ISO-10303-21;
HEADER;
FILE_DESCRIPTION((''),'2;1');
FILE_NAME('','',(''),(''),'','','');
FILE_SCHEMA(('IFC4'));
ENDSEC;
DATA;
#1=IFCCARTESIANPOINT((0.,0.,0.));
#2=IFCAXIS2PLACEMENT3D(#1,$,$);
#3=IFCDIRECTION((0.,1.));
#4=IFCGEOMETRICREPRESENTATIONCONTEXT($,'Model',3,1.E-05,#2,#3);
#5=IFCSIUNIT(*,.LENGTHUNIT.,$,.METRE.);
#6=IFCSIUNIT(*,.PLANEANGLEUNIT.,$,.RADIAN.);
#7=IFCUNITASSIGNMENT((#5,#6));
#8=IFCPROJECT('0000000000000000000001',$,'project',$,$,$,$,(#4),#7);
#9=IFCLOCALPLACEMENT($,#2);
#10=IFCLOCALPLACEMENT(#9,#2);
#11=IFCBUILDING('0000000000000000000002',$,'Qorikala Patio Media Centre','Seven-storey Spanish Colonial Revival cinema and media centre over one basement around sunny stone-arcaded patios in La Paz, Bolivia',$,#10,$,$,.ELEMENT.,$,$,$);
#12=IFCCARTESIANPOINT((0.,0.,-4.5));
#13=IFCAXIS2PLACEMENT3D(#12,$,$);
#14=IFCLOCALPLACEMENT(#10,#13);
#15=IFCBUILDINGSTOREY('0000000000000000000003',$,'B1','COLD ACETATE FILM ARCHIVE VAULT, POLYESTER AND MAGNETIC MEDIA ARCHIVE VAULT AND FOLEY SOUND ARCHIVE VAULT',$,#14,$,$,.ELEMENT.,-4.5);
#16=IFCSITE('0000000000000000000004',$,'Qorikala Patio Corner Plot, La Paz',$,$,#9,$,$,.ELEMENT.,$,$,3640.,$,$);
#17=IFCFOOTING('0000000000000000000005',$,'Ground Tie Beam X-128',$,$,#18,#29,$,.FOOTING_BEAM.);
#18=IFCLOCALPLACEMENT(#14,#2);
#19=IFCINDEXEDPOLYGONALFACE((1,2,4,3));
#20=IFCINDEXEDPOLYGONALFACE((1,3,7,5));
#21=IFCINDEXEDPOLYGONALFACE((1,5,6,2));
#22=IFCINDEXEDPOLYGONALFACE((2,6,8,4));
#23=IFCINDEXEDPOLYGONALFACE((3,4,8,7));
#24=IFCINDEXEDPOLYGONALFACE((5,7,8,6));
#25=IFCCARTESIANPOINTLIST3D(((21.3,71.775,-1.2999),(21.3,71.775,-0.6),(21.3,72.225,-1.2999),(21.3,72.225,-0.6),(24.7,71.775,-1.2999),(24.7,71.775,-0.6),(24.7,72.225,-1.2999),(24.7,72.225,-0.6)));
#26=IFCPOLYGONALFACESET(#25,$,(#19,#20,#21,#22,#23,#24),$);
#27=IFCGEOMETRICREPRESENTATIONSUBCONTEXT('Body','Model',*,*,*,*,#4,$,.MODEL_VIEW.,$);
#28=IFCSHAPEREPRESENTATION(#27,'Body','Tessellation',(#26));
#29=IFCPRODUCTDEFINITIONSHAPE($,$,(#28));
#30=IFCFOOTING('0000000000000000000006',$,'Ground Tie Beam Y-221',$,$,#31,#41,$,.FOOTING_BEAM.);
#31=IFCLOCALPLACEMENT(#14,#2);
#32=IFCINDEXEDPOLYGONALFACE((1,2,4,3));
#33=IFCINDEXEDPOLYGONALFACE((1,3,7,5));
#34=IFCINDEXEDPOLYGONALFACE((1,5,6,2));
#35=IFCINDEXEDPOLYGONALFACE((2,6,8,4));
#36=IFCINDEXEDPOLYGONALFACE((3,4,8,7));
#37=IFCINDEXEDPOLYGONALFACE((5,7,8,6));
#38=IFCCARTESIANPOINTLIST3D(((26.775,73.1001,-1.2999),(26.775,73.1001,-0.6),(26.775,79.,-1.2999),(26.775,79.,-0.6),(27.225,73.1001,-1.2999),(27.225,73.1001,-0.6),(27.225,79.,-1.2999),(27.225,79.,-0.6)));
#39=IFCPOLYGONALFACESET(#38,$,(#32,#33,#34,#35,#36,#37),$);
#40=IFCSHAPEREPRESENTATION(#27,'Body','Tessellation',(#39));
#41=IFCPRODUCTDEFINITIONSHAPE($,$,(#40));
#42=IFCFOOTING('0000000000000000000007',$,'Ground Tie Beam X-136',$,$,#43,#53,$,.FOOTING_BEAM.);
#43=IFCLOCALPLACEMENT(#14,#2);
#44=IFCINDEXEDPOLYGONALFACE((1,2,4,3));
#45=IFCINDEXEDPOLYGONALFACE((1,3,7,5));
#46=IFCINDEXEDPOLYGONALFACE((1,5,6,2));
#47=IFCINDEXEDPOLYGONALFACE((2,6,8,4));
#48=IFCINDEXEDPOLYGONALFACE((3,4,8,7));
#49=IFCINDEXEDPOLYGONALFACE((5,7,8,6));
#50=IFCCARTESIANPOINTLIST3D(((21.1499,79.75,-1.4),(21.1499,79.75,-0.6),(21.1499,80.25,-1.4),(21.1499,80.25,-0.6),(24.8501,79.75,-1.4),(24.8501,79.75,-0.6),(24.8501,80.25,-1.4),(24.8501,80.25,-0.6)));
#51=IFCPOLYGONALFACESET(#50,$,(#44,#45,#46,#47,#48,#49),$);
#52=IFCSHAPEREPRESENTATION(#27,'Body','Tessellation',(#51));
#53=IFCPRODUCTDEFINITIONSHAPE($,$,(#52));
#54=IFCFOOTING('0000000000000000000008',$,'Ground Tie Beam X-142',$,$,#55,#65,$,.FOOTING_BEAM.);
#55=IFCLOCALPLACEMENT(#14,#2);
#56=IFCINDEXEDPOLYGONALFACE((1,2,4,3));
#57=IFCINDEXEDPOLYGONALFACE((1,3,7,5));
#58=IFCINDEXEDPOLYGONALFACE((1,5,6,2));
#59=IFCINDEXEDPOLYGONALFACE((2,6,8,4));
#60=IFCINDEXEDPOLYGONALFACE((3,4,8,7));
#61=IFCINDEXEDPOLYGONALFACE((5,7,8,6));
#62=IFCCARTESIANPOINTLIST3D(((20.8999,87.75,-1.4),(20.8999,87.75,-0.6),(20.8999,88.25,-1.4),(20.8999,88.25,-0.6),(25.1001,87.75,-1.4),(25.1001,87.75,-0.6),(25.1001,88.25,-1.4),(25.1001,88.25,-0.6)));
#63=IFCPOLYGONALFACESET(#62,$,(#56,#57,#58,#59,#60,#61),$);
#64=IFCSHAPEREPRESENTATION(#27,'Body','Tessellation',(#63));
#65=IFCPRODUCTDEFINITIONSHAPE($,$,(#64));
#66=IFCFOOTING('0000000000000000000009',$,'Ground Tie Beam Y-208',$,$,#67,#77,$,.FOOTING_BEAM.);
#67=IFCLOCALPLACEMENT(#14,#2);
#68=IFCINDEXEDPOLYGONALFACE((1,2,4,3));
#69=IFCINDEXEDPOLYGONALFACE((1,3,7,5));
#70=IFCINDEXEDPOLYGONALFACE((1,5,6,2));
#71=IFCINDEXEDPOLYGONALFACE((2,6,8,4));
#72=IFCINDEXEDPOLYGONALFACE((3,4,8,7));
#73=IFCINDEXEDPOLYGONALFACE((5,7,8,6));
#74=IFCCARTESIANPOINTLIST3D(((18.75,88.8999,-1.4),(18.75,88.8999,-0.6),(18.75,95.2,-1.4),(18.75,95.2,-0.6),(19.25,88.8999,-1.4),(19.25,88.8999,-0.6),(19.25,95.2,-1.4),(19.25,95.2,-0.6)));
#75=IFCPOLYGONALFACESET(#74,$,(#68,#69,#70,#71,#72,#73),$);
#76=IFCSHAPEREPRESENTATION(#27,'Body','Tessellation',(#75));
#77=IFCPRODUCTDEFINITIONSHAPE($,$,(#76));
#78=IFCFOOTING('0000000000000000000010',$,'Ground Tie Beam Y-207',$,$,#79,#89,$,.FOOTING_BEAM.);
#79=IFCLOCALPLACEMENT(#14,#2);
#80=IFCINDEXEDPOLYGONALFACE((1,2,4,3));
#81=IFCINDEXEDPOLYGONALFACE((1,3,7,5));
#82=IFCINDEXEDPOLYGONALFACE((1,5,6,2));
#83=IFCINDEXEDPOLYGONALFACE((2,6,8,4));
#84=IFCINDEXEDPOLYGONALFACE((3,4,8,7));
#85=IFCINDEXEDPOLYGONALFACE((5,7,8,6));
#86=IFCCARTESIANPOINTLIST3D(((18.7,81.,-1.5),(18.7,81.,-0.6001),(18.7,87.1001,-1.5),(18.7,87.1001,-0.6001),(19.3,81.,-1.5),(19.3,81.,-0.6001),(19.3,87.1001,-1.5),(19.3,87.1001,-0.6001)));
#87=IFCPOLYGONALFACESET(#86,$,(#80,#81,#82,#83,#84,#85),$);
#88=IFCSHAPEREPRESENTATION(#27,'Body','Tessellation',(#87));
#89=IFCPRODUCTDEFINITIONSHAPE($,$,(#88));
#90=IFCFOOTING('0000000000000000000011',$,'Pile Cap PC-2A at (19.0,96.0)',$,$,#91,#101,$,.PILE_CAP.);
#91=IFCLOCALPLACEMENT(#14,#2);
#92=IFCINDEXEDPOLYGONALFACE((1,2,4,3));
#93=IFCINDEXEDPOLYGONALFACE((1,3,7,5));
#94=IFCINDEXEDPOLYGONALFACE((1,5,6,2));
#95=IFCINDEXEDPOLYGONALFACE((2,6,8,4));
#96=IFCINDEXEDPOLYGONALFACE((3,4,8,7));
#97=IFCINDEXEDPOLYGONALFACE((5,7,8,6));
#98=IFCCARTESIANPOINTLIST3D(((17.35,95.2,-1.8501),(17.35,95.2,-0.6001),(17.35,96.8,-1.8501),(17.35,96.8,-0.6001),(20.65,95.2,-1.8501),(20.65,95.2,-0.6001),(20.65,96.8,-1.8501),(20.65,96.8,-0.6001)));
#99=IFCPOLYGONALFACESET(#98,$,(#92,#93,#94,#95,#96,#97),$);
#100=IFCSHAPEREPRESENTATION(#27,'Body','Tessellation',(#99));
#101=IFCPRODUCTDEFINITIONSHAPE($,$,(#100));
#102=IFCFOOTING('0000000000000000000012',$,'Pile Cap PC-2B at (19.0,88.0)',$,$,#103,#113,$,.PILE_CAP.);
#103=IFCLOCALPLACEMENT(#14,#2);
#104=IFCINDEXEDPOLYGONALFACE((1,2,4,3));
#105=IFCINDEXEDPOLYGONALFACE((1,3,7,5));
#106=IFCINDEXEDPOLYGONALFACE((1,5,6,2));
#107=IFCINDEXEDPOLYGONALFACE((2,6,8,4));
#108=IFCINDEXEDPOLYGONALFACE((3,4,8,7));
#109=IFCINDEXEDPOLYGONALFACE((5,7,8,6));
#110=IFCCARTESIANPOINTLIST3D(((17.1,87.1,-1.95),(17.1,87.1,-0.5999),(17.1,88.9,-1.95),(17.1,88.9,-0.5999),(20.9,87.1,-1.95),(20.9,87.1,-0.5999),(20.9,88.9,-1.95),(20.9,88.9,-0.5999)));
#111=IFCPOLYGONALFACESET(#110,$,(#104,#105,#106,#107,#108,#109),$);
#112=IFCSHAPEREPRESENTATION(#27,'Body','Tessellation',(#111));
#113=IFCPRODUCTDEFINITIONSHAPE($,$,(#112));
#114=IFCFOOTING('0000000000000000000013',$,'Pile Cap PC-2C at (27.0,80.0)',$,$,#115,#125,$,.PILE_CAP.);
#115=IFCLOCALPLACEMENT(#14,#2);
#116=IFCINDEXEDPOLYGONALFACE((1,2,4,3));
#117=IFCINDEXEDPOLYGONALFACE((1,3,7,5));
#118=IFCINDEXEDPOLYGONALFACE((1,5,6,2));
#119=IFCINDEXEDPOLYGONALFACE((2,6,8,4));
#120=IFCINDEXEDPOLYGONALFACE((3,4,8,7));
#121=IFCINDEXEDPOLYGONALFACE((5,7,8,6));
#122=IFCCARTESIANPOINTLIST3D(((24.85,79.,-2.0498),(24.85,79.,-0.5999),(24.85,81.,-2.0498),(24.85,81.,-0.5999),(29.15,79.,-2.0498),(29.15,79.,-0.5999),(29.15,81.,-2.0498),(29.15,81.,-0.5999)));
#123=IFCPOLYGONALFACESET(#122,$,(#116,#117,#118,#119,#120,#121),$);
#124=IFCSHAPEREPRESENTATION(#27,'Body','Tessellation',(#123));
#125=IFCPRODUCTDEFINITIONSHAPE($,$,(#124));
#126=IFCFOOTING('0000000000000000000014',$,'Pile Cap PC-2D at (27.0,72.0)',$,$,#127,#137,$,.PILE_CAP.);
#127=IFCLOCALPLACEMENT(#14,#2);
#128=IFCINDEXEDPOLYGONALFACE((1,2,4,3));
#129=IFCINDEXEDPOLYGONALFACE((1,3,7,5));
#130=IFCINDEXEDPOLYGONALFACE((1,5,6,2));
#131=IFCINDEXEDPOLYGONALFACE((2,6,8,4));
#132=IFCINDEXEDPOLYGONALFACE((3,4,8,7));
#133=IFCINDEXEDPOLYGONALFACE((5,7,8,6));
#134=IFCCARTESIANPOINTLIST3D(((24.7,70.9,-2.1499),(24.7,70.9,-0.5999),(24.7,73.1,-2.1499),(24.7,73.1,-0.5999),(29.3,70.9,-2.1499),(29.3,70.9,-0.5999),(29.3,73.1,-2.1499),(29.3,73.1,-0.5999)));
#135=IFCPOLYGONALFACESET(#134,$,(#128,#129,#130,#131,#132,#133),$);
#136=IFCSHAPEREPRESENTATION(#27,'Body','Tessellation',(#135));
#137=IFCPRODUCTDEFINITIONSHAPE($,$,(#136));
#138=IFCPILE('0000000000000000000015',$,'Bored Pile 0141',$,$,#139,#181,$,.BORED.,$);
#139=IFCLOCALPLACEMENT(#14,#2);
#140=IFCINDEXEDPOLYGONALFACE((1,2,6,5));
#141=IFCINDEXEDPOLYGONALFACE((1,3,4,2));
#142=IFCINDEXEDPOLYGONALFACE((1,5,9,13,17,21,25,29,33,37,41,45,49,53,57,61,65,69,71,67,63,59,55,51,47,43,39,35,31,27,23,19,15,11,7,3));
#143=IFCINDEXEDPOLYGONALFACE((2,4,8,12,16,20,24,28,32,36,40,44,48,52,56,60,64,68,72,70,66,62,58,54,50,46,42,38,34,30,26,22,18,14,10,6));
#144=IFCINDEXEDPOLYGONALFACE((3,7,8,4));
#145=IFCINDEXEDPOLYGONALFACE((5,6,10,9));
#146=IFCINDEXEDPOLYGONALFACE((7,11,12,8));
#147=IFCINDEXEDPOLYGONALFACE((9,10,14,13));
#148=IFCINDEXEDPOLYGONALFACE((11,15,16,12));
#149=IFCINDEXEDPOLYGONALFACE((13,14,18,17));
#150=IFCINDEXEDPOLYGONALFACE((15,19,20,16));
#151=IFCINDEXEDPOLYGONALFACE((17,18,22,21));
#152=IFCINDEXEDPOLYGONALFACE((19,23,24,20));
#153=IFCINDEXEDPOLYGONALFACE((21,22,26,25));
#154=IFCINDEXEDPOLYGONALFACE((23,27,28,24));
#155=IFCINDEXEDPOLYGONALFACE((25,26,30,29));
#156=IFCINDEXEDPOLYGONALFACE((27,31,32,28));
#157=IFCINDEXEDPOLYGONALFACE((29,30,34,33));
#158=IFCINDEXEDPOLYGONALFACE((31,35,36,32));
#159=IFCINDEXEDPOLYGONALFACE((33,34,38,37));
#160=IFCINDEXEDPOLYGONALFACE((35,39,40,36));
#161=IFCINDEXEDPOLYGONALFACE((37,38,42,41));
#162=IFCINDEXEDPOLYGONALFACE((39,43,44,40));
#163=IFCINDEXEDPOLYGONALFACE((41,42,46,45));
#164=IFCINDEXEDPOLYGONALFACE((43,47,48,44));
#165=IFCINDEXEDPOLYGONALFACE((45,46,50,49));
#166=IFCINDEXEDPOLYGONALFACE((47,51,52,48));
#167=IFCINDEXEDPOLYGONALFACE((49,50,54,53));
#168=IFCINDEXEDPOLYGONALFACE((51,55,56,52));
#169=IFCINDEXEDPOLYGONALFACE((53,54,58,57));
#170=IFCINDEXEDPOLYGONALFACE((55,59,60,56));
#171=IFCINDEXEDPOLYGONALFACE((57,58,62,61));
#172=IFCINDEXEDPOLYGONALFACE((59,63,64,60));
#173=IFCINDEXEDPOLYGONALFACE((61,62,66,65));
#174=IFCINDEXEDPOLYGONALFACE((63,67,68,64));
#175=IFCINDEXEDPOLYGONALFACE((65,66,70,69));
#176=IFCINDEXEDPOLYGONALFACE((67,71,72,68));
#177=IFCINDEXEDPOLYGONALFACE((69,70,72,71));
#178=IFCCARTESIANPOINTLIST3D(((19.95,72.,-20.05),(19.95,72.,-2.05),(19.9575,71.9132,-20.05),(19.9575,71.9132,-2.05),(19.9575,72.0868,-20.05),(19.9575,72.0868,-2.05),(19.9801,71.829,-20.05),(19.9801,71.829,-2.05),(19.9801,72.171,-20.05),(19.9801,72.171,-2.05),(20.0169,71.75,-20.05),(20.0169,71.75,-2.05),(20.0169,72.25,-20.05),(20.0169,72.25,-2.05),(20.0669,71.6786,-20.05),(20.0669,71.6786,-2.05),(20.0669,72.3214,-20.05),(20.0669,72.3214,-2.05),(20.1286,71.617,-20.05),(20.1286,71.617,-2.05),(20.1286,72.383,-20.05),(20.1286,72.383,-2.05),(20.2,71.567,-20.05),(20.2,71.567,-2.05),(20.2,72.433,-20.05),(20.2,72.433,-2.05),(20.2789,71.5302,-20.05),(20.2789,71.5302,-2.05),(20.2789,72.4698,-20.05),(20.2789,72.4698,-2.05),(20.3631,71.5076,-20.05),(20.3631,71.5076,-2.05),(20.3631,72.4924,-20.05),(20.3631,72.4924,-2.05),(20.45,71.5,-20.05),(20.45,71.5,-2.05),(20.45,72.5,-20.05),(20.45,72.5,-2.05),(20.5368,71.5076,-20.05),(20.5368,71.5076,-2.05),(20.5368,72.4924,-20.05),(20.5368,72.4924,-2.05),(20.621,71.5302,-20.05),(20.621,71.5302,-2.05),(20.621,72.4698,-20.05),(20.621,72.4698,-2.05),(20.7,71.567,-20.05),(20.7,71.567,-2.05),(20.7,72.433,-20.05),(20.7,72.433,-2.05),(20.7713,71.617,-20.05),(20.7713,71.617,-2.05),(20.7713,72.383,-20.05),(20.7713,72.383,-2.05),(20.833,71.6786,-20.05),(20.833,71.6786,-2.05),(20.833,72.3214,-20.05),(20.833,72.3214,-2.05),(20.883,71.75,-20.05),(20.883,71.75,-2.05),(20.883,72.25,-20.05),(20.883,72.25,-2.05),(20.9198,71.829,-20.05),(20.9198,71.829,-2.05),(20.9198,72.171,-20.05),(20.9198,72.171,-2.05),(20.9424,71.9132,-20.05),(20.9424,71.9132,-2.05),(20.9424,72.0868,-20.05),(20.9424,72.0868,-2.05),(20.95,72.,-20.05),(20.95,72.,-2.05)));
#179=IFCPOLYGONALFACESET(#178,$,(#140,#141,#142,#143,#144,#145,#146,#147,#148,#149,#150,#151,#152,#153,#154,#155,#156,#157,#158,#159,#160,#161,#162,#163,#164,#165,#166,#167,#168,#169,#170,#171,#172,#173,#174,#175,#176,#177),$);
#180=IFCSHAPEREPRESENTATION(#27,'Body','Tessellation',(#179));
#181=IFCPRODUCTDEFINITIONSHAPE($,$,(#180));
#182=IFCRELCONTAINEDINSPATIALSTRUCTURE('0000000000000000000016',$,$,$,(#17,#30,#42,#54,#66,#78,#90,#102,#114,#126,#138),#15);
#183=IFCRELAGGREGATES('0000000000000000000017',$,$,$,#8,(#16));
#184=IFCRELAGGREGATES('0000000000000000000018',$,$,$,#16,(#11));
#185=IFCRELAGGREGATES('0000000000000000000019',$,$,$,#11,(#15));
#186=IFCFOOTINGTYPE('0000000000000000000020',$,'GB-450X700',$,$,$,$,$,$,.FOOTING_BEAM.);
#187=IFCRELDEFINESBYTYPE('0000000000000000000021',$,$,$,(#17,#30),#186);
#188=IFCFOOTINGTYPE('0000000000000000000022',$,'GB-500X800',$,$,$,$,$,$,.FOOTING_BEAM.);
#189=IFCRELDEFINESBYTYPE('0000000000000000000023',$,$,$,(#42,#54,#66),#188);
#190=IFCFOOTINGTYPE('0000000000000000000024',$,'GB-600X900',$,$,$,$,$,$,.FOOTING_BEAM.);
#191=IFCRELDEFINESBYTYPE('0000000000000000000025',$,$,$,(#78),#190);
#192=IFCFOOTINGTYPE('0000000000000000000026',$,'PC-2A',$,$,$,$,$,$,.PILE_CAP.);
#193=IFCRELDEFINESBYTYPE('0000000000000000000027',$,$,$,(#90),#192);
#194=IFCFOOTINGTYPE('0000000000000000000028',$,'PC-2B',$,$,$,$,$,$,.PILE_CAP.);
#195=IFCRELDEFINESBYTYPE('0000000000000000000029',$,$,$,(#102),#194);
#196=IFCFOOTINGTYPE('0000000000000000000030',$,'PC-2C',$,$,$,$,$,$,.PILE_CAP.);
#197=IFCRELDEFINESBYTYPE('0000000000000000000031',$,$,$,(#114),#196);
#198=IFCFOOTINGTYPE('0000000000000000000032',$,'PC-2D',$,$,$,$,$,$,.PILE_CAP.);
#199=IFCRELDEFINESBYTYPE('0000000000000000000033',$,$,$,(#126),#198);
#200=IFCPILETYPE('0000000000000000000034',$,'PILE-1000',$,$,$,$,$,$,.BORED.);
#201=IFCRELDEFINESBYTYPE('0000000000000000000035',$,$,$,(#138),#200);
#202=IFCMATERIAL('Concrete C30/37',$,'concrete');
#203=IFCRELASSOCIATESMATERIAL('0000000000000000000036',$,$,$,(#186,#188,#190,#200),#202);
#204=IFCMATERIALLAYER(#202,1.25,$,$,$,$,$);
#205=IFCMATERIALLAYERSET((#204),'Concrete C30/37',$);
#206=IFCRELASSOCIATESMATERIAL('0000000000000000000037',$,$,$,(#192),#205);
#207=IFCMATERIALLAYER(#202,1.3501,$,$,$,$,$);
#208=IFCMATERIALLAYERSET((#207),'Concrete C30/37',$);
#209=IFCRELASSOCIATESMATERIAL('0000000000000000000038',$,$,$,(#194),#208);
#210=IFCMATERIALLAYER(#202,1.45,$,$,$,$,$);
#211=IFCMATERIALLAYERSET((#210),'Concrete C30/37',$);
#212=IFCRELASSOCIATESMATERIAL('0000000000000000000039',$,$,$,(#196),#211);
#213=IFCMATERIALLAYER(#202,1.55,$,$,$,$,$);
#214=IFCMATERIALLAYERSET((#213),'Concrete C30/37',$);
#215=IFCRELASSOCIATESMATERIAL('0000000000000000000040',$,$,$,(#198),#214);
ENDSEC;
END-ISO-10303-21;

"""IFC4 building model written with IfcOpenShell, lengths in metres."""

from ifc_helpers import new_model, si_unit, direction, frame, origin, origin_2d, place, context, subcontext, project, spatial, rectangle, circle, extrude, material, layer, layer_set, material_profile, profile_set, type_object, element, save


model = new_model("IFC4")

# Units and contexts
model_context = context("Model", 3, precision=1e-05, world=origin(), true_north=direction((0.0, 1.0)))
body_context = subcontext(model_context, "Body", "Model", "MODEL_VIEW")
ifc_project = project(units=[si_unit("LENGTHUNIT", "METRE"), si_unit("PLANEANGLEUNIT", "RADIAN")], contexts=[model_context])

# Site, building, storey
site_placement = place(None, origin())
site = spatial("IfcSite", under=ifc_project, at=site_placement, Name="Qorikala Patio Corner Plot, La Paz", CompositionType="ELEMENT", RefElevation=3640.0)
building_placement = place(site_placement, origin())
building = spatial("IfcBuilding", under=site, at=building_placement, Name="Qorikala Patio Media Centre", Description="Seven-storey Spanish Colonial Revival cinema and media centre over one basement around sunny stone-arcaded patios in La Paz, Bolivia", CompositionType="ELEMENT")
storey_placement = place(building_placement, frame((0.0, 0.0, -4.5)))
storey = spatial("IfcBuildingStorey", under=building, at=storey_placement, Name="B1", Description="COLD ACETATE FILM ARCHIVE VAULT, POLYESTER AND MAGNETIC MEDIA ARCHIVE VAULT AND FOLEY SOUND ARCHIVE VAULT", CompositionType="ELEMENT", Elevation=-4.5)

# Footings
ifc_material_1 = material(Name="Concrete C30/37", Category="concrete")
ifc_material_profile_1 = material_profile(ifc_material_1, rectangle(XDim=0.45, YDim=0.7, at=origin_2d()), Name="RC 450x700")
ifc_profile_set_1 = profile_set([ifc_material_profile_1], Name="Concrete C30/37")
footing_type_1 = type_object("IfcFootingType", Name="GB-450X700", PredefinedType="FOOTING_BEAM", material=ifc_profile_set_1)
footing_1_placement = place(storey_placement, frame((21.3, 72.0, -0.95), z_axis=(1.0, 0.0, 0.0), x_axis=(0.0, 1.0, 0.0)))
element("IfcFooting", 1, at=footing_1_placement, inside=storey, type_object=footing_type_1, Name="Ground Tie Beam X-128", PredefinedType="FOOTING_BEAM", context=body_context, shape_type="SweptSolid", body=[
    extrude(rectangle(XDim=0.45, YDim=0.7, at=origin_2d()), origin(), (0.0, 0.0, 1.0), 3.3999),
])
footing_2_placement = place(storey_placement, frame((27.0, 73.1001, -0.95), z_axis=(0.0, 1.0, 0.0), x_axis=(-1.0, 0.0, 0.0)))
element("IfcFooting", 2, at=footing_2_placement, inside=storey, type_object=footing_type_1, Name="Ground Tie Beam Y-221", PredefinedType="FOOTING_BEAM", context=body_context, shape_type="SweptSolid", body=[
    extrude(rectangle(XDim=0.45, YDim=0.7, at=origin_2d()), origin(), (0.0, 0.0, 1.0), 5.8999),
])
ifc_material_profile_2 = material_profile(ifc_material_1, rectangle(XDim=0.5, YDim=0.8, at=origin_2d()), Name="RC 500x800")
ifc_profile_set_2 = profile_set([ifc_material_profile_2], Name="Concrete C30/37")
footing_type_2 = type_object("IfcFootingType", Name="GB-500X800", PredefinedType="FOOTING_BEAM", material=ifc_profile_set_2)
footing_3_placement = place(storey_placement, frame((21.1499, 80.0, -1.0), z_axis=(1.0, 0.0, 0.0), x_axis=(0.0, 1.0, 0.0)))
element("IfcFooting", 3, at=footing_3_placement, inside=storey, type_object=footing_type_2, Name="Ground Tie Beam X-136", PredefinedType="FOOTING_BEAM", context=body_context, shape_type="SweptSolid", body=[
    extrude(rectangle(XDim=0.5, YDim=0.8, at=origin_2d()), origin(), (0.0, 0.0, 1.0), 3.7002),
])
footing_4_placement = place(storey_placement, frame((20.8999, 88.0, -1.0), z_axis=(1.0, 0.0, 0.0), x_axis=(0.0, 1.0, 0.0)))
element("IfcFooting", 4, at=footing_4_placement, inside=storey, type_object=footing_type_2, Name="Ground Tie Beam X-142", PredefinedType="FOOTING_BEAM", context=body_context, shape_type="SweptSolid", body=[
    extrude(rectangle(XDim=0.5, YDim=0.8, at=origin_2d()), origin(), (0.0, 0.0, 1.0), 4.2002),
])
footing_5_placement = place(storey_placement, frame((19.0, 88.8999, -1.0), z_axis=(0.0, 1.0, 0.0), x_axis=(-1.0, 0.0, 0.0)))
element("IfcFooting", 5, at=footing_5_placement, inside=storey, type_object=footing_type_2, Name="Ground Tie Beam Y-208", PredefinedType="FOOTING_BEAM", context=body_context, shape_type="SweptSolid", body=[
    extrude(rectangle(XDim=0.5, YDim=0.8, at=origin_2d()), origin(), (0.0, 0.0, 1.0), 6.3),
])
ifc_material_profile_3 = material_profile(ifc_material_1, rectangle(XDim=0.6001, YDim=0.8999, at=origin_2d()), Name="RC 600x900")
ifc_profile_set_3 = profile_set([ifc_material_profile_3], Name="Concrete C30/37")
footing_type_3 = type_object("IfcFootingType", Name="GB-600X900", PredefinedType="FOOTING_BEAM", material=ifc_profile_set_3)
footing_6_placement = place(storey_placement, frame((19.0, 81.0, -1.05), z_axis=(0.0, 1.0, 0.0), x_axis=(-1.0, 0.0, 0.0)))
element("IfcFooting", 6, at=footing_6_placement, inside=storey, type_object=footing_type_3, Name="Ground Tie Beam Y-207", PredefinedType="FOOTING_BEAM", context=body_context, shape_type="SweptSolid", body=[
    extrude(rectangle(XDim=0.6001, YDim=0.8999, at=origin_2d()), origin(), (0.0, 0.0, 1.0), 6.1001),
])
ifc_layer_1 = layer(ifc_material_1, 1.25)
ifc_layer_set_1 = layer_set([ifc_layer_1], Name="Concrete C30/37")
footing_type_4 = type_object("IfcFootingType", Name="PC-2A", PredefinedType="PILE_CAP", material=ifc_layer_set_1)
footing_7_placement = place(storey_placement, frame((19.0, 96.0, -1.8501), z_axis=(0.0, 0.0, 1.0), x_axis=(1.0, 0.0, 0.0)))
element("IfcFooting", 7, at=footing_7_placement, inside=storey, type_object=footing_type_4, Name="Pile Cap PC-2A at (19.0,96.0)", PredefinedType="PILE_CAP", context=body_context, shape_type="SweptSolid", body=[
    extrude(rectangle(XDim=3.3, YDim=1.6001, at=origin_2d()), origin(), (0.0, 0.0, 1.0), 1.25),
])
ifc_layer_2 = layer(ifc_material_1, 1.3501)
ifc_layer_set_2 = layer_set([ifc_layer_2], Name="Concrete C30/37")
footing_type_5 = type_object("IfcFootingType", Name="PC-2B", PredefinedType="PILE_CAP", material=ifc_layer_set_2)
footing_8_placement = place(storey_placement, frame((19.0, 88.0, -1.95), z_axis=(0.0, 0.0, 1.0), x_axis=(1.0, 0.0, 0.0)))
element("IfcFooting", 8, at=footing_8_placement, inside=storey, type_object=footing_type_5, Name="Pile Cap PC-2B at (19.0,88.0)", PredefinedType="PILE_CAP", context=body_context, shape_type="SweptSolid", body=[
    extrude(rectangle(XDim=3.8, YDim=1.8, at=origin_2d()), origin(), (0.0, 0.0, 1.0), 1.3501),
])
ifc_layer_3 = layer(ifc_material_1, 1.45)
ifc_layer_set_3 = layer_set([ifc_layer_3], Name="Concrete C30/37")
footing_type_6 = type_object("IfcFootingType", Name="PC-2C", PredefinedType="PILE_CAP", material=ifc_layer_set_3)
footing_9_placement = place(storey_placement, frame((27.0, 80.0, -2.0498), z_axis=(0.0, 0.0, 1.0), x_axis=(1.0, 0.0, 0.0)))
element("IfcFooting", 9, at=footing_9_placement, inside=storey, type_object=footing_type_6, Name="Pile Cap PC-2C at (27.0,80.0)", PredefinedType="PILE_CAP", context=body_context, shape_type="SweptSolid", body=[
    extrude(rectangle(XDim=4.3, YDim=2.0, at=origin_2d()), origin(), (0.0, 0.0, 1.0), 1.45),
])
ifc_layer_4 = layer(ifc_material_1, 1.55)
ifc_layer_set_4 = layer_set([ifc_layer_4], Name="Concrete C30/37")
footing_type_7 = type_object("IfcFootingType", Name="PC-2D", PredefinedType="PILE_CAP", material=ifc_layer_set_4)
footing_10_placement = place(storey_placement, frame((27.0, 72.0, -2.1499), z_axis=(0.0, 0.0, 1.0), x_axis=(1.0, 0.0, 0.0)))
element("IfcFooting", 10, at=footing_10_placement, inside=storey, type_object=footing_type_7, Name="Pile Cap PC-2D at (27.0,72.0)", PredefinedType="PILE_CAP", context=body_context, shape_type="SweptSolid", body=[
    extrude(rectangle(XDim=4.6001, YDim=2.2, at=origin_2d()), origin(), (0.0, 0.0, 1.0), 1.55),
])

# Pile
ifc_material_profile_4 = material_profile(ifc_material_1, circle(Radius=0.5, at=origin_2d()), Name="BORED PILE 1000")
ifc_profile_set_4 = profile_set([ifc_material_profile_4], Name="Concrete C30/37")
pile_type_1 = type_object("IfcPileType", Name="PILE-1000", PredefinedType="BORED", material=ifc_profile_set_4)
for number, where, z_axis, x_axis, name in (
    (11, (20.45, 72.0, -2.05), (0.0, 0.0, -1.0), (1.0, 0.0, 0.0), "Bored Pile 0141"),
):
    element("IfcPile", number, at=place(storey_placement, frame(where, z_axis=z_axis, x_axis=x_axis)), inside=storey, type_object=pile_type_1, Name=name, PredefinedType="BORED", context=body_context, shape_type="SweptSolid", body=[
        extrude(circle(Radius=0.5, at=origin_2d()), origin(), (0.0, 0.0, 1.0), 18.0),
    ])

save(model, "model.ifc")
